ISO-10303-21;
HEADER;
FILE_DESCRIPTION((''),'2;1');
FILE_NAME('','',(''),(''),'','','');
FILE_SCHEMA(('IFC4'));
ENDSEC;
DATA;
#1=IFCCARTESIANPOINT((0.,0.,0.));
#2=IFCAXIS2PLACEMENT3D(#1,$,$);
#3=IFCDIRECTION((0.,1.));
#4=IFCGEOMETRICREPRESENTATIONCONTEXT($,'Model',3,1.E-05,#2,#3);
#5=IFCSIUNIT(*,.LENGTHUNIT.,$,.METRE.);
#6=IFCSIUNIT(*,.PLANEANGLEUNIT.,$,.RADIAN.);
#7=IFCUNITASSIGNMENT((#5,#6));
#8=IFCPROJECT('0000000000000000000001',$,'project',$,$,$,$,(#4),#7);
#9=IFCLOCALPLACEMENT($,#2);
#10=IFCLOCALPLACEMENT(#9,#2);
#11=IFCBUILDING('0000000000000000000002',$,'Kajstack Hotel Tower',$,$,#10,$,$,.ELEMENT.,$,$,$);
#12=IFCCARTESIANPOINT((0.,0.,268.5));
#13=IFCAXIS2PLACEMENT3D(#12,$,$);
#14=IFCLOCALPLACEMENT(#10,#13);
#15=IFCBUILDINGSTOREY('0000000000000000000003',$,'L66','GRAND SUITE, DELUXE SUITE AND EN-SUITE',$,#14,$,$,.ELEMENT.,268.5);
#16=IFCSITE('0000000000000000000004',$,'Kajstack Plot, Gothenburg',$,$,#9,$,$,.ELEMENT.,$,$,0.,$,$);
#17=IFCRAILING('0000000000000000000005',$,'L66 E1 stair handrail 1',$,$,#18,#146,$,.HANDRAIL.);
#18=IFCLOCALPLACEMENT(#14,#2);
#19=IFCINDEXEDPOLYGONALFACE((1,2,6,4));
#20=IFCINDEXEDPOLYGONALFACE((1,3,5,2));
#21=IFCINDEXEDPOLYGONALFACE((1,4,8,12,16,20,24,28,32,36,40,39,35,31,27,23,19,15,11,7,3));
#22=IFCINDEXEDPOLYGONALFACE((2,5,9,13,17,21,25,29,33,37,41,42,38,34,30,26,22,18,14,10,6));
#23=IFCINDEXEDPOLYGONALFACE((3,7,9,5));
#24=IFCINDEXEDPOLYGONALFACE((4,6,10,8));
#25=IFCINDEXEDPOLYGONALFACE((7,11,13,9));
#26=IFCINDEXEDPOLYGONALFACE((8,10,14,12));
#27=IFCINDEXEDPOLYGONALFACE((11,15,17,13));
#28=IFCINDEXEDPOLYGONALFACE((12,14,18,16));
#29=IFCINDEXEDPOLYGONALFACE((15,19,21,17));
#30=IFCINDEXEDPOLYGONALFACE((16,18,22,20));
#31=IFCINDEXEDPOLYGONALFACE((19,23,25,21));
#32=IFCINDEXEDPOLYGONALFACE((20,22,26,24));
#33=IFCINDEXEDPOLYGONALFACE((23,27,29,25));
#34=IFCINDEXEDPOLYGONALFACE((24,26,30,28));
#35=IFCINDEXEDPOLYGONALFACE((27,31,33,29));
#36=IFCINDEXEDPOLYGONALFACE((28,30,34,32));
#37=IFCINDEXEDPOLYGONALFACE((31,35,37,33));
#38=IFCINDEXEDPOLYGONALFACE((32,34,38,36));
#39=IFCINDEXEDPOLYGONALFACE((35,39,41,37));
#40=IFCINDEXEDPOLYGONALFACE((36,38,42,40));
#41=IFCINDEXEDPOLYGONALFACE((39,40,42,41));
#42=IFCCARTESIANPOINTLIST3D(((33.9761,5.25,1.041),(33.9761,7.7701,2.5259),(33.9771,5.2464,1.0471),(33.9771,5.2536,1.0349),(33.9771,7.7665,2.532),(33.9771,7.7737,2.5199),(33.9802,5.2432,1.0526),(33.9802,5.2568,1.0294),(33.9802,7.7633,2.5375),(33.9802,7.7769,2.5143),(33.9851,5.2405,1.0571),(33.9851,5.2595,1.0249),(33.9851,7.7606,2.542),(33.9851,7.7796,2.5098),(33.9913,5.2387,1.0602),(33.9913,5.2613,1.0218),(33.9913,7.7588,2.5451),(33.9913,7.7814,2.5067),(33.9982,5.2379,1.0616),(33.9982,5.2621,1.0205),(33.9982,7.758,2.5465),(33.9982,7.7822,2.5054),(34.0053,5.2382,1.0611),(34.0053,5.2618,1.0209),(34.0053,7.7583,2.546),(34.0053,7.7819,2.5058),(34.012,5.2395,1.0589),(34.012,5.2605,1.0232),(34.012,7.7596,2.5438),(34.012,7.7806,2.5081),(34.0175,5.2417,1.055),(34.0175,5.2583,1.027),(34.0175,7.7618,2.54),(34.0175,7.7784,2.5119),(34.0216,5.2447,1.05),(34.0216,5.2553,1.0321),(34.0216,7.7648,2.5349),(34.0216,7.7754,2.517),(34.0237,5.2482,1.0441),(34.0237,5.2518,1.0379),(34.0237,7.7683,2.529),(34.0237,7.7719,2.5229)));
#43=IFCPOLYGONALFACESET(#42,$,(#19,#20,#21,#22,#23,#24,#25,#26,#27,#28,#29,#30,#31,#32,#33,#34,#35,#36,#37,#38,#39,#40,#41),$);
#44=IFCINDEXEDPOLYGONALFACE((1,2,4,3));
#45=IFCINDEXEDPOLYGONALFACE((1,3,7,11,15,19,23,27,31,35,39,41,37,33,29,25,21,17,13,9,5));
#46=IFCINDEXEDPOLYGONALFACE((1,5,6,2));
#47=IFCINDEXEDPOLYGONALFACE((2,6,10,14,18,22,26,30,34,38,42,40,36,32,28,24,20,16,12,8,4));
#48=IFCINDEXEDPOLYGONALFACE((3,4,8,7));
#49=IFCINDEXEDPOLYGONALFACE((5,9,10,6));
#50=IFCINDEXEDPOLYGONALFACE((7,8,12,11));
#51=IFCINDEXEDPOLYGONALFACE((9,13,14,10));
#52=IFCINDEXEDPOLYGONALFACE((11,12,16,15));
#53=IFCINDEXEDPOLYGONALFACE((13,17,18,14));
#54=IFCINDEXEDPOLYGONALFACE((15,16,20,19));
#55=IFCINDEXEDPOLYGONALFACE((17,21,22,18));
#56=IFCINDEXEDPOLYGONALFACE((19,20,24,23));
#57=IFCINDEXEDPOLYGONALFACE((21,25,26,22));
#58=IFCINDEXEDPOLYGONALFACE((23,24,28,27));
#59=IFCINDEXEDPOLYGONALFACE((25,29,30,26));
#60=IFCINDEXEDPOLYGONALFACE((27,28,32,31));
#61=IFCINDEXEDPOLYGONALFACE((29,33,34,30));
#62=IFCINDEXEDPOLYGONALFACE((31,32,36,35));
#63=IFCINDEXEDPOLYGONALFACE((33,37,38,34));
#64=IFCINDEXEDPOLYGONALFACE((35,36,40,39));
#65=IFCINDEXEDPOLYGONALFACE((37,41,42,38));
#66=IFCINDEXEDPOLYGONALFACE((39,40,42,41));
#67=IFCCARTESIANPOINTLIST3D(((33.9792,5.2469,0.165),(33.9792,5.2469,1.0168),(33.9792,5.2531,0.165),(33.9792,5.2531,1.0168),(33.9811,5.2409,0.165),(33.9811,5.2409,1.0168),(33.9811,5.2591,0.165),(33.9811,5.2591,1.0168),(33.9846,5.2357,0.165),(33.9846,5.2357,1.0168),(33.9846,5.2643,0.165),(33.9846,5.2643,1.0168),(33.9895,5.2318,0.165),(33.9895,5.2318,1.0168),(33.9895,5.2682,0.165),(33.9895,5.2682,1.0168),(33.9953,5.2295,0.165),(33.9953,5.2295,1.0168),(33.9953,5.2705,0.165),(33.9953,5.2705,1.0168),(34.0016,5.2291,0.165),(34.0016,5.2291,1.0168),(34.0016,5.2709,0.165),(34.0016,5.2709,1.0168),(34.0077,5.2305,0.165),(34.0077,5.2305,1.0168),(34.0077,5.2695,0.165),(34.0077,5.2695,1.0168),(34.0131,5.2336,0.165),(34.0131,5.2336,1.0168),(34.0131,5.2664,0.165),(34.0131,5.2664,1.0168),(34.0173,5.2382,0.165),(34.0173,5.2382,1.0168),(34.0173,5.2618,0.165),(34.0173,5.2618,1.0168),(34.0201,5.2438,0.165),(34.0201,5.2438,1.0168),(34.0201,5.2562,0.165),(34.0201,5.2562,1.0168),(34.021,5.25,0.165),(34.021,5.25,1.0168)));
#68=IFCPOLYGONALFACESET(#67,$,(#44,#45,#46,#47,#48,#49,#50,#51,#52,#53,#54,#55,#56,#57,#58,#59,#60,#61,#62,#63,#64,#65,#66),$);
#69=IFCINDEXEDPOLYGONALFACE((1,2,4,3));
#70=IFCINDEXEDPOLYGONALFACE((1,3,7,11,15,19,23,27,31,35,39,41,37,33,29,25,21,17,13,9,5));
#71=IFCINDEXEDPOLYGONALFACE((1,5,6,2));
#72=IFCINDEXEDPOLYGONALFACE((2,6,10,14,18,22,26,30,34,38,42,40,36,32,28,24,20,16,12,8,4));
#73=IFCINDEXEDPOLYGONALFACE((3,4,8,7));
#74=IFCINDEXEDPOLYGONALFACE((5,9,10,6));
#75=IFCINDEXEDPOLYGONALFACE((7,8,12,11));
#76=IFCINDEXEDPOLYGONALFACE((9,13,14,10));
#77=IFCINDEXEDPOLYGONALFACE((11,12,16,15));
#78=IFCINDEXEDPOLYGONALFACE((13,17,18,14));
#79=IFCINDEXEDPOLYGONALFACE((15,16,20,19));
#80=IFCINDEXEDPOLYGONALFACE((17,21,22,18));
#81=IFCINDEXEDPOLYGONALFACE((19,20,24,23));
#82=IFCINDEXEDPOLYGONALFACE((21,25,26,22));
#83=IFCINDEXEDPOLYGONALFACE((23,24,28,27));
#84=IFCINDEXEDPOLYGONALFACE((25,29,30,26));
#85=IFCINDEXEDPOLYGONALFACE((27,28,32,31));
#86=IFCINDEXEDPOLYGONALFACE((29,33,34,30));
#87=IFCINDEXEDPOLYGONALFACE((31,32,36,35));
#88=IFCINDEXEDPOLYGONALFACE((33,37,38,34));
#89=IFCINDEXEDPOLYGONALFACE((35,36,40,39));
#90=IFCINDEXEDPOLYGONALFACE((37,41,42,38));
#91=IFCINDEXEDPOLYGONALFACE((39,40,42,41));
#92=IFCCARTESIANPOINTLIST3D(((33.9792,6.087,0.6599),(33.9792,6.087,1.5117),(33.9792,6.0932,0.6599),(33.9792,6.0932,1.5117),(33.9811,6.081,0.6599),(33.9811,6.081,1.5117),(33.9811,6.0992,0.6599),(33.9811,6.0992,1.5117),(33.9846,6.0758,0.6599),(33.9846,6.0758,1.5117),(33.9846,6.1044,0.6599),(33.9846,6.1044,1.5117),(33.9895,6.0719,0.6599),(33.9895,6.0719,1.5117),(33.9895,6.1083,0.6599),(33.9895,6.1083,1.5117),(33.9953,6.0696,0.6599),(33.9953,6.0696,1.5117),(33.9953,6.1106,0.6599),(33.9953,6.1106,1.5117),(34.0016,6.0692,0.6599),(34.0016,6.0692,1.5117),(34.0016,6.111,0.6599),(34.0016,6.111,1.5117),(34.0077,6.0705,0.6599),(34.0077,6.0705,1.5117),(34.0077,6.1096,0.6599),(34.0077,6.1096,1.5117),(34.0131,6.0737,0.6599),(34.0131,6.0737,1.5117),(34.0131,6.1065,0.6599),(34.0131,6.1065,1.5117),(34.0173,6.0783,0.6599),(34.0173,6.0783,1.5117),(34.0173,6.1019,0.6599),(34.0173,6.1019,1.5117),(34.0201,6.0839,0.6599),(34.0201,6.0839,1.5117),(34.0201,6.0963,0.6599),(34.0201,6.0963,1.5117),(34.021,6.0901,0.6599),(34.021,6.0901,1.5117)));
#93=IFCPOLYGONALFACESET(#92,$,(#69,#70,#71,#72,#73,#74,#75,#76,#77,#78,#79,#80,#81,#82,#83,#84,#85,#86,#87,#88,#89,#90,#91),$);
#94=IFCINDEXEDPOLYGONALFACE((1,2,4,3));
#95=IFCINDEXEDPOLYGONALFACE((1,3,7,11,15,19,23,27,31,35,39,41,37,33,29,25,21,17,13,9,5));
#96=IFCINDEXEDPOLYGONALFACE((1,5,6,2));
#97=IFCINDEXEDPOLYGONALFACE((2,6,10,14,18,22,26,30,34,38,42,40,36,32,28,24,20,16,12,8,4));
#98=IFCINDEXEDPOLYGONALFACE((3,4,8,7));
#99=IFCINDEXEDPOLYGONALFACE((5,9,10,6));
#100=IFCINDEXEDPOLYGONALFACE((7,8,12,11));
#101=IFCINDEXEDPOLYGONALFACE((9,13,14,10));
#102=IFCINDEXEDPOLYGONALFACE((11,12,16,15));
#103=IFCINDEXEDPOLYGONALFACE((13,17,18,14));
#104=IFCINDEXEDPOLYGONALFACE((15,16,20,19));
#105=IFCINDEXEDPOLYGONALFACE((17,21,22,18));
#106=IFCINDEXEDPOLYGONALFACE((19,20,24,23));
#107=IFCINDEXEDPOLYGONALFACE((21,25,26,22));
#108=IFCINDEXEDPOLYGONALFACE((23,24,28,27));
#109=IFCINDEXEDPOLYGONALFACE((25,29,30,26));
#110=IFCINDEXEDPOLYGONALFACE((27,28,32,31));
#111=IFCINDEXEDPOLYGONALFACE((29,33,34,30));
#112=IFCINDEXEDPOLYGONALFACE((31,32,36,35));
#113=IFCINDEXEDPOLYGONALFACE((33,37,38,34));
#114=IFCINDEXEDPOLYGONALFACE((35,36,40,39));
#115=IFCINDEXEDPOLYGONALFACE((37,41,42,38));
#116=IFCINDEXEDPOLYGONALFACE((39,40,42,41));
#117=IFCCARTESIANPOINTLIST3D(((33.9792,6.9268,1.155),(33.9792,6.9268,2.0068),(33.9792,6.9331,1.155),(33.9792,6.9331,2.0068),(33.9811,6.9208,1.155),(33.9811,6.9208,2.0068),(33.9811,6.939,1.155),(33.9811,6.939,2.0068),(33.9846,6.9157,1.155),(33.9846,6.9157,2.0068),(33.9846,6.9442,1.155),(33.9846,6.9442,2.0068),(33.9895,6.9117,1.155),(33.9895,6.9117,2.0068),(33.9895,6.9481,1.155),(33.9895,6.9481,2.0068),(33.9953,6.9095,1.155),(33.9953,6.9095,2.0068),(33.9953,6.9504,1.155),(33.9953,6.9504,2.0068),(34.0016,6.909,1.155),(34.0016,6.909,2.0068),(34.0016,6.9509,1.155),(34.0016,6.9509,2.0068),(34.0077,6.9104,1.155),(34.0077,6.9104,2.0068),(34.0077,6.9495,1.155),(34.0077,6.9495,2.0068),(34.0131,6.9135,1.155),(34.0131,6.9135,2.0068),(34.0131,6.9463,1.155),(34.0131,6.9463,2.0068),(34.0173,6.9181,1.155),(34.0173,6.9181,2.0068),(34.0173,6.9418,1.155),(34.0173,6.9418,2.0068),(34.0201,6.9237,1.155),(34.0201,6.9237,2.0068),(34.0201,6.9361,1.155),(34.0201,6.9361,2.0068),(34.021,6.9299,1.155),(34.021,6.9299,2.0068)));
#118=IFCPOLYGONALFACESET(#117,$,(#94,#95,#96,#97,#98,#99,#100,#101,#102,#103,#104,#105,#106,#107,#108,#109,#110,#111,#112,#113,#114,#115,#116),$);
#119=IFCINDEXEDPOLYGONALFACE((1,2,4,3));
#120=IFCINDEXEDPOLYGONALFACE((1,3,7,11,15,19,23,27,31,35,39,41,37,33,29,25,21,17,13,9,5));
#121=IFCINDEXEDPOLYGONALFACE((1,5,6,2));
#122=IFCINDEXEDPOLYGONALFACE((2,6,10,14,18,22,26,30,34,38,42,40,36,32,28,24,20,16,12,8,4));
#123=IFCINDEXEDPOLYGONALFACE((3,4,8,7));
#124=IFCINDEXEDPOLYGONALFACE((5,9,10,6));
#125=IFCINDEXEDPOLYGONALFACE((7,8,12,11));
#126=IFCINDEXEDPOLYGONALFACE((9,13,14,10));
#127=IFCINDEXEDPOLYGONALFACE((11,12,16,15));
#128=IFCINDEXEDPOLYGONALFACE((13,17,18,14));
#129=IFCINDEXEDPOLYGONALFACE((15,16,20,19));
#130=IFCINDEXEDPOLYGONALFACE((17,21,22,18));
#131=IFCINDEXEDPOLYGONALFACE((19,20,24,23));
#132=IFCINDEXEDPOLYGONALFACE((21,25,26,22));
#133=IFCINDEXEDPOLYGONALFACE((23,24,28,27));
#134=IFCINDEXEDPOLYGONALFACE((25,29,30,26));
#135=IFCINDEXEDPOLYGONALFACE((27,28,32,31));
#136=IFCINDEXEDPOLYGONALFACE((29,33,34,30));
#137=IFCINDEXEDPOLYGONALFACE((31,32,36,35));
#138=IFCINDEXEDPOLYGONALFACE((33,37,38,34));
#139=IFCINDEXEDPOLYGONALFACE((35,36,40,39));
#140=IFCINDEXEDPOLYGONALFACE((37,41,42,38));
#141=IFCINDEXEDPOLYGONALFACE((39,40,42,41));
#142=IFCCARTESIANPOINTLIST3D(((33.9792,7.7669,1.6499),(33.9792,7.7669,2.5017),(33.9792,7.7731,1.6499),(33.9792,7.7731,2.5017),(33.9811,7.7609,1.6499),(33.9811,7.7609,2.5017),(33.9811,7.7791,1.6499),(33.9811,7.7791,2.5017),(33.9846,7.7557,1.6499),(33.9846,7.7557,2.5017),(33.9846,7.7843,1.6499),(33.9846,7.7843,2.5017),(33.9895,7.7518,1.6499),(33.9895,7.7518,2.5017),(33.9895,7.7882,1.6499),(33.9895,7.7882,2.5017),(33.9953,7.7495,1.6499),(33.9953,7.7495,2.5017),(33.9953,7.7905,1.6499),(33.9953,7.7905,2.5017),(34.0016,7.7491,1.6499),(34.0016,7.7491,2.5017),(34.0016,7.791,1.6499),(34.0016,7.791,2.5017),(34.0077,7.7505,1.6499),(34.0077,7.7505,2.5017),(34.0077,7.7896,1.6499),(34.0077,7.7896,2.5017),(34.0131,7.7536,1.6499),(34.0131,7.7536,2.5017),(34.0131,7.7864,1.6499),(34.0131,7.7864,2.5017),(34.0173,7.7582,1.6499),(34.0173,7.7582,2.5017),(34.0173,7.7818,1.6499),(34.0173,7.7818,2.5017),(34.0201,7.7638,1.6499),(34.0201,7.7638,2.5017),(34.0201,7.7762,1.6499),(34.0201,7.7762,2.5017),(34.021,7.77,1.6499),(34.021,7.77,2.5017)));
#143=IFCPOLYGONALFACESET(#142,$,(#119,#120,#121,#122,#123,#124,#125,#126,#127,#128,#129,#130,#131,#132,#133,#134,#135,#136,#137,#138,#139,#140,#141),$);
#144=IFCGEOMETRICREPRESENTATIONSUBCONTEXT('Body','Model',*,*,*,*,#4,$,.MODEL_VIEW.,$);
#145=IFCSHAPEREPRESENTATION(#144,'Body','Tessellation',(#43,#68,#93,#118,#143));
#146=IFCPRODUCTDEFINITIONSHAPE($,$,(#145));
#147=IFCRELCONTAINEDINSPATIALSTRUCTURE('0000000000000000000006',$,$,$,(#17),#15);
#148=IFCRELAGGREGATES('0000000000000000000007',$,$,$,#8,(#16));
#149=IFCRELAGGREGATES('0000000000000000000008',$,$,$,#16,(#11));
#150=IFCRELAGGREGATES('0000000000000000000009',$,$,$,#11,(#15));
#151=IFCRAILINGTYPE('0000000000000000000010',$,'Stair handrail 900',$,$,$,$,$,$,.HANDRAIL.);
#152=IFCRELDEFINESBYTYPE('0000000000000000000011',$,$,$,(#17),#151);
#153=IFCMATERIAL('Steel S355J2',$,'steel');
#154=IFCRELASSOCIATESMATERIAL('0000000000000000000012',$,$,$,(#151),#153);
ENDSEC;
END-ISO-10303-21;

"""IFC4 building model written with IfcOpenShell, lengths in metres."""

from ifc_helpers import new_model, si_unit, direction, frame, origin, origin_2d, place, context, subcontext, project, spatial, circle, extrude, material, type_object, element, save


model = new_model("IFC4")

# Units and contexts
model_context = context("Model", 3, precision=1e-05, world=origin(), true_north=direction((0.0, 1.0)))
body_context = subcontext(model_context, "Body", "Model", "MODEL_VIEW")
ifc_project = project(units=[si_unit("LENGTHUNIT", "METRE"), si_unit("PLANEANGLEUNIT", "RADIAN")], contexts=[model_context])

# Site, building, storey
site_placement = place(None, origin())
site = spatial("IfcSite", under=ifc_project, at=site_placement, Name="Kajstack Plot, Gothenburg", CompositionType="ELEMENT", RefElevation=0.0)
building_placement = place(site_placement, origin())
building = spatial("IfcBuilding", under=site, at=building_placement, Name="Kajstack Hotel Tower", CompositionType="ELEMENT")
storey_placement = place(building_placement, frame((0.0, 0.0, 268.5)))
storey = spatial("IfcBuildingStorey", under=building, at=storey_placement, Name="L66", Description="GRAND SUITE, DELUXE SUITE AND EN-SUITE", CompositionType="ELEMENT", Elevation=268.5)

# Railing
ifc_material_1 = material(Name="Steel S355J2", Category="steel")
railing_type_1 = type_object("IfcRailingType", Name="Stair handrail 900", PredefinedType="HANDRAIL", material=ifc_material_1)
railing_1_placement = place(storey_placement, frame((34.0, 5.25, 0.165)))
element("IfcRailing", 1, at=railing_1_placement, inside=storey, type_object=railing_type_1, Name="L66 E1 stair handrail 1", PredefinedType="HANDRAIL", context=body_context, shape_type="SweptSolid", body=[
    extrude(circle(Radius=0.0239, at=origin_2d()), frame((0.0, 0.0, 0.876), z_axis=(0.0, 0.861561, 0.507655), x_axis=(-1.0, 0.0, 0.0)), (0.0, 0.0, 1.0), 2.925),
    extrude(circle(Radius=0.021, at=origin_2d()), origin(), (0.0, 0.0, 1.0), 0.8518),
    extrude(circle(Radius=0.021, at=origin_2d()), frame((0.0, 0.8401, 0.4949)), (0.0, 0.0, 1.0), 0.8518),
    extrude(circle(Radius=0.021, at=origin_2d()), frame((0.0, 1.6799, 0.99)), (0.0, 0.0, 1.0), 0.8518),
    extrude(circle(Radius=0.021, at=origin_2d()), frame((0.0, 2.52, 1.4849)), (0.0, 0.0, 1.0), 0.8518),
])

save(model, "model.ifc")
